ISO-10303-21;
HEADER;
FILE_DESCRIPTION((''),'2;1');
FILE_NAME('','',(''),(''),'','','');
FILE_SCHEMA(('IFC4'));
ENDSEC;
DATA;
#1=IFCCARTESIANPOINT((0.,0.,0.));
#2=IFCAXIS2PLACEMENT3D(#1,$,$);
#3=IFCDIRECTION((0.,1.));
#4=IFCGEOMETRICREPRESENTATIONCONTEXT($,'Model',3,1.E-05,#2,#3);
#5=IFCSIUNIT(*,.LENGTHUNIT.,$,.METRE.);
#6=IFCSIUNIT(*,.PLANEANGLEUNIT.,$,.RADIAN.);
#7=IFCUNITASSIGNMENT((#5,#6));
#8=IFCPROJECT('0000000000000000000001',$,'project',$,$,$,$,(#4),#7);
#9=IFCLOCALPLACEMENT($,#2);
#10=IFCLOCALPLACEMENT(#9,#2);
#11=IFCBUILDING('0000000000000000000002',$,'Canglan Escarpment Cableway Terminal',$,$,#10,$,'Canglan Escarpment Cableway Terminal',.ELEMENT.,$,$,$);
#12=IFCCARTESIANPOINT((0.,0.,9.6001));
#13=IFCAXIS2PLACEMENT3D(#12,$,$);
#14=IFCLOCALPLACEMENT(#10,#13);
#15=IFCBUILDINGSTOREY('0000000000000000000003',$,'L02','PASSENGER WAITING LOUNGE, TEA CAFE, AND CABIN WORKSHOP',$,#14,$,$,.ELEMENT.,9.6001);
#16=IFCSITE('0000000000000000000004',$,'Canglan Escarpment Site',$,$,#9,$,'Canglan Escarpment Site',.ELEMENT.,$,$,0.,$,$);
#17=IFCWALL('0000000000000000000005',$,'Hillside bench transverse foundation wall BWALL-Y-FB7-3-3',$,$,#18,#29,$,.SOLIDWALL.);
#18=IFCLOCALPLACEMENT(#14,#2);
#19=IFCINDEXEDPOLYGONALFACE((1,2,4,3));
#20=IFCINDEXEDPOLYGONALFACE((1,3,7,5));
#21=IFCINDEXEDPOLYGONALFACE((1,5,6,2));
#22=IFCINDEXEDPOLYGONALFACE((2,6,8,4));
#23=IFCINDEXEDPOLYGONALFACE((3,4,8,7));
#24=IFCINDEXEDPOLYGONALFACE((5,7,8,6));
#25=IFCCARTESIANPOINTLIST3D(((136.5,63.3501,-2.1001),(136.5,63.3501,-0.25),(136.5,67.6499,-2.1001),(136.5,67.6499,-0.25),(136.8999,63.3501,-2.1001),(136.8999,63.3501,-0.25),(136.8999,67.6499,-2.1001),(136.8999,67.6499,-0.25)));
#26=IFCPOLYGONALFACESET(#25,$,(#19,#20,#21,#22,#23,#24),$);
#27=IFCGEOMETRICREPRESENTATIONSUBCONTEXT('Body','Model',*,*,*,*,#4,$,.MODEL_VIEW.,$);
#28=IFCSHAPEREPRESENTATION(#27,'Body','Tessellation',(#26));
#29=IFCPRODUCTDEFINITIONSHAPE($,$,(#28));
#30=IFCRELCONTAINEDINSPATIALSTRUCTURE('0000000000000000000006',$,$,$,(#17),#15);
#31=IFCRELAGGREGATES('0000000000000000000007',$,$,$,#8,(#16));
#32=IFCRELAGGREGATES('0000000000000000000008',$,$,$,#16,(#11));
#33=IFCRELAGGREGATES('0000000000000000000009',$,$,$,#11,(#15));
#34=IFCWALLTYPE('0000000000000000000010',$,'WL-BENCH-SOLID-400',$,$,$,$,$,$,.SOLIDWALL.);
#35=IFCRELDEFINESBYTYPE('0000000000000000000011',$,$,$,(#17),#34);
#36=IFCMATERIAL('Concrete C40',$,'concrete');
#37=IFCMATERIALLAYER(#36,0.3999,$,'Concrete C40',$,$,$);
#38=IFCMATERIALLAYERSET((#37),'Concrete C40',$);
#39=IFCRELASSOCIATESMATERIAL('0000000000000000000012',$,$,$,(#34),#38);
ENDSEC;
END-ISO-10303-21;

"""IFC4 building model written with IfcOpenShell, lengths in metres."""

from ifc_helpers import new_model, si_unit, direction, frame, frame_2d, origin, place, context, subcontext, project, spatial, rectangle, extrude, material, layer, layer_set, type_object, element, save


model = new_model("IFC4")

# Units and contexts
model_context = context("Model", 3, precision=1e-05, world=origin(), true_north=direction((0.0, 1.0)))
body_context = subcontext(model_context, "Body", "Model", "MODEL_VIEW")
ifc_project = project(units=[si_unit("LENGTHUNIT", "METRE"), si_unit("PLANEANGLEUNIT", "RADIAN")], contexts=[model_context])

# Site, building, storey
site_placement = place(None, origin())
site = spatial("IfcSite", under=ifc_project, at=site_placement, Name="Canglan Escarpment Site", LongName="Canglan Escarpment Site", CompositionType="ELEMENT", RefElevation=0.0)
building_placement = place(site_placement, origin())
building = spatial("IfcBuilding", under=site, at=building_placement, Name="Canglan Escarpment Cableway Terminal", LongName="Canglan Escarpment Cableway Terminal", CompositionType="ELEMENT")
storey_placement = place(building_placement, frame((0.0, 0.0, 9.6001)))
storey = spatial("IfcBuildingStorey", under=building, at=storey_placement, Name="L02", Description="PASSENGER WAITING LOUNGE, TEA CAFE, AND CABIN WORKSHOP", CompositionType="ELEMENT", Elevation=9.6001)

# Shared definitions
ifc_material_1 = material(Name="Concrete C40", Category="concrete")

# Wall
ifc_layer_1 = layer(ifc_material_1, 0.3999, Name="Concrete C40")
ifc_layer_set_1 = layer_set([ifc_layer_1], Name="Concrete C40")
wall_type = type_object("IfcWallType", Name="WL-BENCH-SOLID-400", PredefinedType="SOLIDWALL", material=ifc_layer_set_1)
wall_placement = place(storey_placement, frame((136.7, 63.3501, -2.1001), z_axis=(0.0, 0.0, 1.0), x_axis=(0.0, 1.0, 0.0)))
element("IfcWall", 1, at=wall_placement, inside=storey, type_object=wall_type, Name="Hillside bench transverse foundation wall BWALL-Y-FB7-3-3", PredefinedType="SOLIDWALL", context=body_context, shape_type="SweptSolid", body=[
    extrude(rectangle(XDim=4.2998, YDim=0.3999, at=frame_2d((2.1499, 0.0))), origin(), (0.0, 0.0, 1.0), 1.8501),
])

save(model, "model.ifc")
